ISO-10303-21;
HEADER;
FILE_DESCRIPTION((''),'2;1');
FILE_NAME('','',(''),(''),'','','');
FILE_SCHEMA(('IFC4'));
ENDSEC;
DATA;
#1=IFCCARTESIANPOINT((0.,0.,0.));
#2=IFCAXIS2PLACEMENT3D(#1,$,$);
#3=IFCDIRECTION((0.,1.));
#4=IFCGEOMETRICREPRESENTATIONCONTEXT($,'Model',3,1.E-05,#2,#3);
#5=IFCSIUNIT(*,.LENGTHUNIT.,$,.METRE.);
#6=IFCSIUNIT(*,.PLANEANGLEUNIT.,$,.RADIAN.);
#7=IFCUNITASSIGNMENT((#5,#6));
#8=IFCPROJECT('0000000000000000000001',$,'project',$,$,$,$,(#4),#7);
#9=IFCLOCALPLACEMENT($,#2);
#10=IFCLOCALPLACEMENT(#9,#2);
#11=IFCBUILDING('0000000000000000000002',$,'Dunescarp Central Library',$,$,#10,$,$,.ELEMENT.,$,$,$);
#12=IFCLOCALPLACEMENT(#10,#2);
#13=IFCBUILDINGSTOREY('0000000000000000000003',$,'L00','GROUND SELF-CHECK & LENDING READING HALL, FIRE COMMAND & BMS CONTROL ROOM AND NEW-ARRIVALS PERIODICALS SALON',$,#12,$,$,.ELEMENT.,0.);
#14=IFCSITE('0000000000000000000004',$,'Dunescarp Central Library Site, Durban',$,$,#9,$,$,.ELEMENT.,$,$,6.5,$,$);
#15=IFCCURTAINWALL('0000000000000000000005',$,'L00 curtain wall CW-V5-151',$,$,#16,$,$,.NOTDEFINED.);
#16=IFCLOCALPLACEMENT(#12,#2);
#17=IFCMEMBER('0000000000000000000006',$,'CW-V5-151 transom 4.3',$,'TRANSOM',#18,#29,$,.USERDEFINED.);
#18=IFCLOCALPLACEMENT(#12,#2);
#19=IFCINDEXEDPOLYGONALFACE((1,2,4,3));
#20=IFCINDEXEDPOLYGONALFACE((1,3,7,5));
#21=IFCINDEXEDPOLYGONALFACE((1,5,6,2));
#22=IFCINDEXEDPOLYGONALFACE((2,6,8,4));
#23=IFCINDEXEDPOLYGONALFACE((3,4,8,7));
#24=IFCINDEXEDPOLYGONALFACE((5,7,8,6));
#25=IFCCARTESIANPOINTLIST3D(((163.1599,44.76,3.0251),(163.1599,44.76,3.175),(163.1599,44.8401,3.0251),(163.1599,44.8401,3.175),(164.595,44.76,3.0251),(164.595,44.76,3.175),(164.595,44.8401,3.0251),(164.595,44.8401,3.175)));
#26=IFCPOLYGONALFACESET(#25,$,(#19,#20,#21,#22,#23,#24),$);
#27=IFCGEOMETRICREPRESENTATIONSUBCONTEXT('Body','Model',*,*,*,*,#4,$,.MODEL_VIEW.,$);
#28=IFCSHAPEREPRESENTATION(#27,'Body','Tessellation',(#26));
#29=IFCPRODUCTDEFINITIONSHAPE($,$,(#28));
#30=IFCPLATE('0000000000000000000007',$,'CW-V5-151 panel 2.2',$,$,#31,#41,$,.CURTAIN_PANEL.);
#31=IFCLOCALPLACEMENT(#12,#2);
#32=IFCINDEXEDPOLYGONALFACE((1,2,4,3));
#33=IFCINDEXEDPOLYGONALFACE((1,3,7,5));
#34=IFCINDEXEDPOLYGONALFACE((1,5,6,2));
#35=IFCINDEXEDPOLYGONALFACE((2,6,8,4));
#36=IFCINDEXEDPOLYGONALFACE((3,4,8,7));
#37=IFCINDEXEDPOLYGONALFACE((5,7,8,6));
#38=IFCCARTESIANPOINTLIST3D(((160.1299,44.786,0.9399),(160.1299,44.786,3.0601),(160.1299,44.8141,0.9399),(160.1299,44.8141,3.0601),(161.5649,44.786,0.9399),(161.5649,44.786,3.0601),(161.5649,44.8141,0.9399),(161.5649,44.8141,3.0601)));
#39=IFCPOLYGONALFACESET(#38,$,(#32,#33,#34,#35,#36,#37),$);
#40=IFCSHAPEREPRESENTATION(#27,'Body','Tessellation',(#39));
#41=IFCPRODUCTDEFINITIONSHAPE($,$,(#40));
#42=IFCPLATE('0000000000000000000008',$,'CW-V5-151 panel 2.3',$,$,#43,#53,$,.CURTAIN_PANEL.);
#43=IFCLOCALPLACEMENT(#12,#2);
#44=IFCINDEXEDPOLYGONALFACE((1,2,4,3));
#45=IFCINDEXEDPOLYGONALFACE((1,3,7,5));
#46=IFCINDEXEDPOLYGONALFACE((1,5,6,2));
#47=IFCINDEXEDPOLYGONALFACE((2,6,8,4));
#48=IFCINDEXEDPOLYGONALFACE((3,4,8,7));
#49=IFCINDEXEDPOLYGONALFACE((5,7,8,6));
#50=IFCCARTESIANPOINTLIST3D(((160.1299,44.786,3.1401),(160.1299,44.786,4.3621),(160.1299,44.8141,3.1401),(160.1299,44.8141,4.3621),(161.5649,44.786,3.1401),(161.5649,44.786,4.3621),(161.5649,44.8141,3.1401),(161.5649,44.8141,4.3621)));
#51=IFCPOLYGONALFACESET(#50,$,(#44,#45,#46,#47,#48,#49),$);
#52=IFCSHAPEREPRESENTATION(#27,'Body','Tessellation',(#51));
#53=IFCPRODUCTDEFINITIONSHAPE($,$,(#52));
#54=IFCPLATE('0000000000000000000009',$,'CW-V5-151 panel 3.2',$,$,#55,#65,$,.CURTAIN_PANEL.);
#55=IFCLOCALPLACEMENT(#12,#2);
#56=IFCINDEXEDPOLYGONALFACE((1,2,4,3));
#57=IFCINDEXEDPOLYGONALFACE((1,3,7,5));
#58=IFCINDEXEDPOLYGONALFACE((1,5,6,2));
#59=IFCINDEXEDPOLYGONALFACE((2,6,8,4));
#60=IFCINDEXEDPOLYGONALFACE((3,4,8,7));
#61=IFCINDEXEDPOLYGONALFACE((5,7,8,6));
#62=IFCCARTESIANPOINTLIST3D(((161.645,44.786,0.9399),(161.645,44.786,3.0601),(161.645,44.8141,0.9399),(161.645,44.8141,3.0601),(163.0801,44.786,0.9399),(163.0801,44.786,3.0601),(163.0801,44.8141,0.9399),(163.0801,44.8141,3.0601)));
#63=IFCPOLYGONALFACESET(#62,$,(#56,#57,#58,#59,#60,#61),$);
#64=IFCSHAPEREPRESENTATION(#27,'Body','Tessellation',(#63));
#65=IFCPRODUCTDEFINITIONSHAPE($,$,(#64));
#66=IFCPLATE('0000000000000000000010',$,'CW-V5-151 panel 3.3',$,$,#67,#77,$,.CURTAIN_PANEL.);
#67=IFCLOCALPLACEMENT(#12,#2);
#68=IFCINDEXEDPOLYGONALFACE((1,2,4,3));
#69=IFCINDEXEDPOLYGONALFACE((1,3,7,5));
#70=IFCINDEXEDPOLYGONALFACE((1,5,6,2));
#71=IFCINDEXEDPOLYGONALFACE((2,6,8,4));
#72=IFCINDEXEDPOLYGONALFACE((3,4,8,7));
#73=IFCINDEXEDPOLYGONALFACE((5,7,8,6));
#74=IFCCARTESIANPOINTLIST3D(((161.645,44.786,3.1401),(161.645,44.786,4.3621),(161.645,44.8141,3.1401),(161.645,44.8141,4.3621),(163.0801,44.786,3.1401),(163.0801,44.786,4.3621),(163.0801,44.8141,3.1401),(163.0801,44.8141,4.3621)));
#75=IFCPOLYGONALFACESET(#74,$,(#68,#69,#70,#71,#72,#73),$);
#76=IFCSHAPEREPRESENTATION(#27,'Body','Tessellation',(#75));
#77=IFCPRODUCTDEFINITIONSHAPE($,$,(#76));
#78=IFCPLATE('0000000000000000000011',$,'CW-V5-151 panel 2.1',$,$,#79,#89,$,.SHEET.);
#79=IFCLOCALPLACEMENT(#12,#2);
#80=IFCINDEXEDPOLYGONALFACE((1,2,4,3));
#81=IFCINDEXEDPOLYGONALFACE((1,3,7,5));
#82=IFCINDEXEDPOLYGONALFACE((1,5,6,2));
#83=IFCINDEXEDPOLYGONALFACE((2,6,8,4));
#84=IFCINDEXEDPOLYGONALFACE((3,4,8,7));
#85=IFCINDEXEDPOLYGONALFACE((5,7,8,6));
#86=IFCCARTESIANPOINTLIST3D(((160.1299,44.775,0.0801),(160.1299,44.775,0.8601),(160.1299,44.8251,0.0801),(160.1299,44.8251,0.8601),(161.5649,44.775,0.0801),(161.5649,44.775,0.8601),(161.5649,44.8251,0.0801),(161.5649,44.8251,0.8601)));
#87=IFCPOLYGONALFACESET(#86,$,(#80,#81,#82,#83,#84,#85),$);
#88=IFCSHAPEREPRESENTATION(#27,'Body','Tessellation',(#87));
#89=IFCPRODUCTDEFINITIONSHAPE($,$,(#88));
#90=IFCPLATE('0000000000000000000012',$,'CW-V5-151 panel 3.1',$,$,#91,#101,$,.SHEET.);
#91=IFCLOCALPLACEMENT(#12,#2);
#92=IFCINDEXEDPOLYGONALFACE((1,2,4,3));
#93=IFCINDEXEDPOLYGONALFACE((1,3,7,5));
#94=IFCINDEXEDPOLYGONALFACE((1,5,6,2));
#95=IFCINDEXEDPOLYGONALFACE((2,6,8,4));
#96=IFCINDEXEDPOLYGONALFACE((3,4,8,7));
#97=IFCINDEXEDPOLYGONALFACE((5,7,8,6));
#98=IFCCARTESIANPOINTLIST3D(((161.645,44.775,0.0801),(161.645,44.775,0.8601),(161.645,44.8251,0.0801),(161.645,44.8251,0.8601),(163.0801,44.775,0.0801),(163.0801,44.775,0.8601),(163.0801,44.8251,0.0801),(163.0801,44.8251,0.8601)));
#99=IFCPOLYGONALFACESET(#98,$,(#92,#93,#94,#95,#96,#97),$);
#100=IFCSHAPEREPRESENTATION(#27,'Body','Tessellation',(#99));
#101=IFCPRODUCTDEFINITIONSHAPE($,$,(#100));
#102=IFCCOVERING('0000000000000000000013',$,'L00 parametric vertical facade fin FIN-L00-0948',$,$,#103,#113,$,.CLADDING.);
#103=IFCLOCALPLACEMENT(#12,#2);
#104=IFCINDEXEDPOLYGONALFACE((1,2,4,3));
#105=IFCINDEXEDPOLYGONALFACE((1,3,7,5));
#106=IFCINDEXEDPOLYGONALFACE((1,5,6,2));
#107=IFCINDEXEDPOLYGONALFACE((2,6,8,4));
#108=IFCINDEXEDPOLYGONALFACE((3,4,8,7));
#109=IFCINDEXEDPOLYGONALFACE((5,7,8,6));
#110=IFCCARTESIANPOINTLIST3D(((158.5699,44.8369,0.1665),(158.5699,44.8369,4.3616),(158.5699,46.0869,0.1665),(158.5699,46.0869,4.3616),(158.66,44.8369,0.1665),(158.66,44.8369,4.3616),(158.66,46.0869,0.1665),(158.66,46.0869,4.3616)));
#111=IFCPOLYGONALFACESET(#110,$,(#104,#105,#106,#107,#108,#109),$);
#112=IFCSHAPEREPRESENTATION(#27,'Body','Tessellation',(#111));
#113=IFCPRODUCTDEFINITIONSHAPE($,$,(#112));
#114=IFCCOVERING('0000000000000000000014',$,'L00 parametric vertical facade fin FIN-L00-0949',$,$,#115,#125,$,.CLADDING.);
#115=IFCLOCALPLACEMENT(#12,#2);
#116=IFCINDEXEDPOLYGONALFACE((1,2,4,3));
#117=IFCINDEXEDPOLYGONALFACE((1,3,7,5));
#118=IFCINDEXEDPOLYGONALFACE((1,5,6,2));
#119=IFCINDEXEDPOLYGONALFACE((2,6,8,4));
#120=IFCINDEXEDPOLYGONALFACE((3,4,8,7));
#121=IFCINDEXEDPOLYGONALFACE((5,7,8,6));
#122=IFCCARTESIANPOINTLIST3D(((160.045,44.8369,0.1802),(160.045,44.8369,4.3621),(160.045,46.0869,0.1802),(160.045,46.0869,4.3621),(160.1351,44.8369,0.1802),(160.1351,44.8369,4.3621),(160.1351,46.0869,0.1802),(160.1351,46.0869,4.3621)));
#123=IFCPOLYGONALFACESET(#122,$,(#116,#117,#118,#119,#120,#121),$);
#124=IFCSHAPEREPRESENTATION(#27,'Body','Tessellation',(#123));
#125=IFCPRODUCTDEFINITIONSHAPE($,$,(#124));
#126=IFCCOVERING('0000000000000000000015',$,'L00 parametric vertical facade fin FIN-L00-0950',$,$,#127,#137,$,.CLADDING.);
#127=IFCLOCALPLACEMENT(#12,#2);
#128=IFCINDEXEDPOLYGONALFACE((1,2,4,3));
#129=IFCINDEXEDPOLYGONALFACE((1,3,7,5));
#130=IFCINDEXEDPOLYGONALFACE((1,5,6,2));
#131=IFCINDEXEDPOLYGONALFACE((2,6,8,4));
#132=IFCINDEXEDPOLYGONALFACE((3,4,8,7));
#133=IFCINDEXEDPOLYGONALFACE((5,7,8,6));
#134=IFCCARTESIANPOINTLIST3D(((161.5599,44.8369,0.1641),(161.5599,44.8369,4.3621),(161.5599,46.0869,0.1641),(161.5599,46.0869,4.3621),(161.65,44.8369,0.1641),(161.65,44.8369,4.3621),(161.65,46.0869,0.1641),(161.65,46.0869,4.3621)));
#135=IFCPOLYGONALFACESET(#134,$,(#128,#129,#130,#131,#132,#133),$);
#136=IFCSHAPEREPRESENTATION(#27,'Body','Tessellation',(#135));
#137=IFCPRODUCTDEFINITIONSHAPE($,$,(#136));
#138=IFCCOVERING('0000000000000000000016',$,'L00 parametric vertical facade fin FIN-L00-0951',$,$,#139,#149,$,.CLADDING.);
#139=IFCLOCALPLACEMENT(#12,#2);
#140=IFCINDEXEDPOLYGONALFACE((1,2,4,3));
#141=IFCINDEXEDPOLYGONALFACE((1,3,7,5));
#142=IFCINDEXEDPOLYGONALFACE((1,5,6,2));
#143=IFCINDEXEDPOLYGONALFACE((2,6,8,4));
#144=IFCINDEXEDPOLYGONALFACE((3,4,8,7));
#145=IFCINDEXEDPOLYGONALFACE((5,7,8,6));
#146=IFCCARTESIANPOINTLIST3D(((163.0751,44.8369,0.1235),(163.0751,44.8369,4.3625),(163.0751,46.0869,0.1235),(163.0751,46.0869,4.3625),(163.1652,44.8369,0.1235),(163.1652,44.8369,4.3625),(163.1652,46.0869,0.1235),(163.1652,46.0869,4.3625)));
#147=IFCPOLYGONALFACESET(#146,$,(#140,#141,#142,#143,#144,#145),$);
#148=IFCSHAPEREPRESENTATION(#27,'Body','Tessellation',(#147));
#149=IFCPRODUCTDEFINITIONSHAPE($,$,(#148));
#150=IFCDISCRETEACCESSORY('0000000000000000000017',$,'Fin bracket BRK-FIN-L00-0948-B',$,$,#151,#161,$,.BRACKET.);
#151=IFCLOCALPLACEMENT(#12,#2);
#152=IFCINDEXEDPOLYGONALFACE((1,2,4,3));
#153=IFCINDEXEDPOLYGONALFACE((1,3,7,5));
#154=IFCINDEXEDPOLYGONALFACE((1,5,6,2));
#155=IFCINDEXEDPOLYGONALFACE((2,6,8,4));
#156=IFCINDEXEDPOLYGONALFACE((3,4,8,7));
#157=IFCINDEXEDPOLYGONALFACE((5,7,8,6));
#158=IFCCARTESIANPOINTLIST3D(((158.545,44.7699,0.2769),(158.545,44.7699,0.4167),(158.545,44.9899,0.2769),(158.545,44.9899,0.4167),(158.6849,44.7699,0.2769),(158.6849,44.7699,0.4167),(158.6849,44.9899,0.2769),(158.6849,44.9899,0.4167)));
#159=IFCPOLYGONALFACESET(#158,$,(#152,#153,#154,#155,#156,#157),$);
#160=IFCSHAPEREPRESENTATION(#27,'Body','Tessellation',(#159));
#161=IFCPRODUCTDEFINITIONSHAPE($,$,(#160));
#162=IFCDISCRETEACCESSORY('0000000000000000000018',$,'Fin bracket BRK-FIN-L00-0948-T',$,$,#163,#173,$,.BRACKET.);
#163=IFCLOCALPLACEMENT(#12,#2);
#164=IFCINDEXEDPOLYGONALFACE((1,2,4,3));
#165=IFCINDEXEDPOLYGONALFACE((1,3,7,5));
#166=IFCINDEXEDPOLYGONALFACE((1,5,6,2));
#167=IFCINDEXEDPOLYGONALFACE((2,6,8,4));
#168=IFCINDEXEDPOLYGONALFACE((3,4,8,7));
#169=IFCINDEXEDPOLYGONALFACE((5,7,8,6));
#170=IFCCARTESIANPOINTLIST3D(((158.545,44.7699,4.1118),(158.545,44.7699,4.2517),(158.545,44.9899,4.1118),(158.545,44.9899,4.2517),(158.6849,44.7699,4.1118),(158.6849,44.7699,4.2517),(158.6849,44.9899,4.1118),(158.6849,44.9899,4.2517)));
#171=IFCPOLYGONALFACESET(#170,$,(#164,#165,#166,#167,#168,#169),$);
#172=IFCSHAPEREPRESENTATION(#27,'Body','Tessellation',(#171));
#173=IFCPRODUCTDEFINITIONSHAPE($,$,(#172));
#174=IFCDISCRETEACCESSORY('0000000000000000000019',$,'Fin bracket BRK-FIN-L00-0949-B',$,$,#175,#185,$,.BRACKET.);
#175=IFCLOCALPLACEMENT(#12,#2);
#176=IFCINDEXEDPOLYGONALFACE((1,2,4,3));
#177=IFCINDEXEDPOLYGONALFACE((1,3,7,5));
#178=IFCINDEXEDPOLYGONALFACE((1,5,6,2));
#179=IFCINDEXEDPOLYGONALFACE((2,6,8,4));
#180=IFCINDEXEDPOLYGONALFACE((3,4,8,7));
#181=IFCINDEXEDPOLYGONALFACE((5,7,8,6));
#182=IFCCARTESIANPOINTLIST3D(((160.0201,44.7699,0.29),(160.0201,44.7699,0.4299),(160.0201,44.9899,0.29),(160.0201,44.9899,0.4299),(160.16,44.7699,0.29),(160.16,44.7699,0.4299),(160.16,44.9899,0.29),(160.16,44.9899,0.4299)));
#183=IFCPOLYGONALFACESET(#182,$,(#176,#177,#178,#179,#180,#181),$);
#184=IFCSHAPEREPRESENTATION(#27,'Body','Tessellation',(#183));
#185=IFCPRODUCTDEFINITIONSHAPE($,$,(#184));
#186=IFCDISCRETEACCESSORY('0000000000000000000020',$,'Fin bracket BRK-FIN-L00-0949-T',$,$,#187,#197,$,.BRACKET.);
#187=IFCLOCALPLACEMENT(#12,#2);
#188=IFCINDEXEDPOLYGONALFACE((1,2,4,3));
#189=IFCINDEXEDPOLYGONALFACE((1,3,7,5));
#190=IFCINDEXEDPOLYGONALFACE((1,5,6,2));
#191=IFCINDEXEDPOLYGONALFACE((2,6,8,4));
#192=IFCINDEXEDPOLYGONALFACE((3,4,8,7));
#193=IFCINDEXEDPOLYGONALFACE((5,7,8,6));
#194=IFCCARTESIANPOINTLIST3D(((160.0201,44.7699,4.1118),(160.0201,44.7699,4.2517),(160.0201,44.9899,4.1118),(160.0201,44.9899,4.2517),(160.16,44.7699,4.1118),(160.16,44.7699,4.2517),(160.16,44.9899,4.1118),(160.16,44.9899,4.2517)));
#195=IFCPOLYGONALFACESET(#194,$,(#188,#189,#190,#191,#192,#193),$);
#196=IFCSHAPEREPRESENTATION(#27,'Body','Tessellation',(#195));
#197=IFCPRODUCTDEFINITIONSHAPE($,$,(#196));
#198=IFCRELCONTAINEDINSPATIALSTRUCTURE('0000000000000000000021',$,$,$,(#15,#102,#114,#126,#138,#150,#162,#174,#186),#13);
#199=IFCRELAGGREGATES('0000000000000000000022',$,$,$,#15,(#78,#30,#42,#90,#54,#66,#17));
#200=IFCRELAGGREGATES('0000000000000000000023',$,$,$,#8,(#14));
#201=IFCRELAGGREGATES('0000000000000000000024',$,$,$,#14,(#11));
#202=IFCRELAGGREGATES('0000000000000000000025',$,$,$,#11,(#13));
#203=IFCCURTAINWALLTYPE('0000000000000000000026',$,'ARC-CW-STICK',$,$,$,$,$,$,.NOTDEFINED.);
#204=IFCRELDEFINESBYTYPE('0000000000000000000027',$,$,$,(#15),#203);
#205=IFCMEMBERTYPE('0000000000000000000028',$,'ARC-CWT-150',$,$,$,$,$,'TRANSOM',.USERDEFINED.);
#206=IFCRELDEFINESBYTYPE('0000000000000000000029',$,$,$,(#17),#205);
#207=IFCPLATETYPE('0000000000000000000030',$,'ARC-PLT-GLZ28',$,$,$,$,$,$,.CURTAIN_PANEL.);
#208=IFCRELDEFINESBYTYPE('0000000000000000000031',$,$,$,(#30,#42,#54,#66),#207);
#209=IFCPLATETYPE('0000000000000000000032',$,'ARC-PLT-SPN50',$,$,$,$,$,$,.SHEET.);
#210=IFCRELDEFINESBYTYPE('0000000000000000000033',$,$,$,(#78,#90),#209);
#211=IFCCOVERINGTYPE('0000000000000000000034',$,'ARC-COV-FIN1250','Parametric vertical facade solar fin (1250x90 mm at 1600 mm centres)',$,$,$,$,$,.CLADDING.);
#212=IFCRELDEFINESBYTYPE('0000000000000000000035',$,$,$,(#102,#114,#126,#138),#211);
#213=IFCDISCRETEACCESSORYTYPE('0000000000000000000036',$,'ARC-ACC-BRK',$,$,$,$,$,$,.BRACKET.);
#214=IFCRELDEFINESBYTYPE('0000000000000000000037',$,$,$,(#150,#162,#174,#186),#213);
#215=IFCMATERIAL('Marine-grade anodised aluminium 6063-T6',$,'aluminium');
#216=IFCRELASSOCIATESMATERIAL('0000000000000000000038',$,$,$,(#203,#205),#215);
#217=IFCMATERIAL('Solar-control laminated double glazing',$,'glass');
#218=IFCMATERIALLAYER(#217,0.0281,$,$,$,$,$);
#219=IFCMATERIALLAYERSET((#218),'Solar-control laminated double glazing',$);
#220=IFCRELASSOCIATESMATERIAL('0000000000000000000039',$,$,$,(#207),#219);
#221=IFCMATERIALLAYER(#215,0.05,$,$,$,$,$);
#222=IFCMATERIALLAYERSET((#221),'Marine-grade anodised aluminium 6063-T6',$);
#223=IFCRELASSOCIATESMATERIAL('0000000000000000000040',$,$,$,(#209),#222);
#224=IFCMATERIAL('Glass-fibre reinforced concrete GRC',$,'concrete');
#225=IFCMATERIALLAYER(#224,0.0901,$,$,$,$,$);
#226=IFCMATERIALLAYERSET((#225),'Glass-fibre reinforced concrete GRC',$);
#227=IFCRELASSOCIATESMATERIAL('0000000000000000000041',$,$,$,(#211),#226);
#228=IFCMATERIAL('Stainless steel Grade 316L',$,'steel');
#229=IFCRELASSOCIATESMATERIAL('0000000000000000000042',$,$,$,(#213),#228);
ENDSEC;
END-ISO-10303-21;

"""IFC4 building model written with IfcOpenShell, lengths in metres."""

from ifc_helpers import new_model, si_unit, direction, frame, origin, origin_2d, place, context, subcontext, project, spatial, rectangle, extrude, material, layer, layer_set, material_profile, profile_set, type_object, element, aggregate, save


model = new_model("IFC4")

# Units and contexts
model_context = context("Model", 3, precision=1e-05, world=origin(), true_north=direction((0.0, 1.0)))
body_context = subcontext(model_context, "Body", "Model", "MODEL_VIEW")
ifc_project = project(units=[si_unit("LENGTHUNIT", "METRE"), si_unit("PLANEANGLEUNIT", "RADIAN")], contexts=[model_context])

# Site, building, storey
site_placement = place(None, origin())
site = spatial("IfcSite", under=ifc_project, at=site_placement, Name="Dunescarp Central Library Site, Durban", CompositionType="ELEMENT", RefElevation=6.5)
building_placement = place(site_placement, origin())
building = spatial("IfcBuilding", under=site, at=building_placement, Name="Dunescarp Central Library", CompositionType="ELEMENT")
storey_placement = place(building_placement, origin())
storey = spatial("IfcBuildingStorey", under=building, at=storey_placement, Name="L00", Description="GROUND SELF-CHECK & LENDING READING HALL, FIRE COMMAND & BMS CONTROL ROOM AND NEW-ARRIVALS PERIODICALS SALON", CompositionType="ELEMENT", Elevation=0.0)

# Curtain wall, member, plates
ifc_material_1 = material(Name="Marine-grade anodised aluminium 6063-T6", Category="aluminium")
curtain_wall_type = type_object("IfcCurtainWallType", Name="ARC-CW-STICK", PredefinedType="NOTDEFINED", material=ifc_material_1)
curtain_wall_placement = place(storey_placement, origin())
curtain_wall = element("IfcCurtainWall", 1, at=curtain_wall_placement, inside=storey, type_object=curtain_wall_type, Name="L00 curtain wall CW-V5-151", PredefinedType="NOTDEFINED")
ifc_material_profile_1 = material_profile(ifc_material_1, rectangle(XDim=0.0801, YDim=0.1499, at=origin_2d()), Name="AL 80x150")
ifc_profile_set_1 = profile_set([ifc_material_profile_1], Name="Marine-grade anodised aluminium 6063-T6")
member_type_1 = type_object("IfcMemberType", Name="ARC-CWT-150", ElementType="TRANSOM", PredefinedType="USERDEFINED", material=ifc_profile_set_1)
member_1_placement = place(storey_placement, frame((163.1599, 44.8, 3.1001), z_axis=(1.0, 0.0, 0.0), x_axis=(0.0, 1.0, 0.0)))
member_1 = element("IfcMember", 2, at=member_1_placement, type_object=member_type_1, Name="CW-V5-151 transom 4.3", ObjectType="TRANSOM", PredefinedType="USERDEFINED", context=body_context, shape_type="SweptSolid", body=[
    extrude(rectangle(XDim=0.0801, YDim=0.1499, at=origin_2d()), origin(), (0.0, 0.0, 1.0), 1.4351),
])
ifc_material_2 = material(Name="Solar-control laminated double glazing", Category="glass")
ifc_layer_1 = layer(ifc_material_2, 0.0281)
ifc_layer_set_1 = layer_set([ifc_layer_1], Name="Solar-control laminated double glazing")
plate_type_1 = type_object("IfcPlateType", Name="ARC-PLT-GLZ28", PredefinedType="CURTAIN_PANEL", material=ifc_layer_set_1)
plate_1_placement = place(storey_placement, frame((160.8474, 44.8, 0.9399), z_axis=(0.0, 0.0, 1.0), x_axis=(1.0, 0.0, 0.0)))
plate_1 = element("IfcPlate", 3, at=plate_1_placement, type_object=plate_type_1, Name="CW-V5-151 panel 2.2", PredefinedType="CURTAIN_PANEL", context=body_context, shape_type="SweptSolid", body=[
    extrude(rectangle(XDim=1.4351, YDim=0.0281, at=origin_2d()), origin(), (0.0, 0.0, 1.0), 2.1201),
])
plate_2_placement = place(storey_placement, frame((160.8474, 44.8, 3.1401), z_axis=(0.0, 0.0, 1.0), x_axis=(1.0, 0.0, 0.0)))
plate_2 = element("IfcPlate", 4, at=plate_2_placement, type_object=plate_type_1, Name="CW-V5-151 panel 2.3", PredefinedType="CURTAIN_PANEL", context=body_context, shape_type="SweptSolid", body=[
    extrude(rectangle(XDim=1.4351, YDim=0.0281, at=origin_2d()), origin(), (0.0, 0.0, 1.0), 1.2219),
])
plate_3_placement = place(storey_placement, frame((162.3625, 44.8, 0.9399), z_axis=(0.0, 0.0, 1.0), x_axis=(1.0, 0.0, 0.0)))
plate_3 = element("IfcPlate", 5, at=plate_3_placement, type_object=plate_type_1, Name="CW-V5-151 panel 3.2", PredefinedType="CURTAIN_PANEL", context=body_context, shape_type="SweptSolid", body=[
    extrude(rectangle(XDim=1.4351, YDim=0.0281, at=origin_2d()), origin(), (0.0, 0.0, 1.0), 2.1201),
])
plate_4_placement = place(storey_placement, frame((162.3625, 44.8, 3.1401), z_axis=(0.0, 0.0, 1.0), x_axis=(1.0, 0.0, 0.0)))
plate_4 = element("IfcPlate", 6, at=plate_4_placement, type_object=plate_type_1, Name="CW-V5-151 panel 3.3", PredefinedType="CURTAIN_PANEL", context=body_context, shape_type="SweptSolid", body=[
    extrude(rectangle(XDim=1.4351, YDim=0.0281, at=origin_2d()), origin(), (0.0, 0.0, 1.0), 1.2219),
])
ifc_layer_2 = layer(ifc_material_1, 0.05)
ifc_layer_set_2 = layer_set([ifc_layer_2], Name="Marine-grade anodised aluminium 6063-T6")
plate_type_2 = type_object("IfcPlateType", Name="ARC-PLT-SPN50", PredefinedType="SHEET", material=ifc_layer_set_2)
plate_5_placement = place(storey_placement, frame((160.8474, 44.8, 0.0801), z_axis=(0.0, 0.0, 1.0), x_axis=(1.0, 0.0, 0.0)))
plate_5 = element("IfcPlate", 7, at=plate_5_placement, type_object=plate_type_2, Name="CW-V5-151 panel 2.1", PredefinedType="SHEET", context=body_context, shape_type="SweptSolid", body=[
    extrude(rectangle(XDim=1.4351, YDim=0.05, at=origin_2d()), origin(), (0.0, 0.0, 1.0), 0.78),
])
plate_6_placement = place(storey_placement, frame((162.3625, 44.8, 0.0801), z_axis=(0.0, 0.0, 1.0), x_axis=(1.0, 0.0, 0.0)))
plate_6 = element("IfcPlate", 8, at=plate_6_placement, type_object=plate_type_2, Name="CW-V5-151 panel 3.1", PredefinedType="SHEET", context=body_context, shape_type="SweptSolid", body=[
    extrude(rectangle(XDim=1.4351, YDim=0.05, at=origin_2d()), origin(), (0.0, 0.0, 1.0), 0.78),
])
aggregate(curtain_wall, [plate_5, plate_1, plate_2, plate_6, plate_3, plate_4, member_1])

# Coverings
ifc_material_3 = material(Name="Glass-fibre reinforced concrete GRC", Category="concrete")
ifc_layer_3 = layer(ifc_material_3, 0.0901)
ifc_layer_set_3 = layer_set([ifc_layer_3], Name="Glass-fibre reinforced concrete GRC")
covering_type = type_object("IfcCoveringType", Name="ARC-COV-FIN1250", Description="Parametric vertical facade solar fin (1250x90 mm at 1600 mm centres)", PredefinedType="CLADDING", material=ifc_layer_set_3)
covering_1_placement = place(storey_placement, frame((158.615, 45.4619, 0.1665), z_axis=(0.0, 0.0, 1.0), x_axis=(0.0, 1.0, 0.0)))
element("IfcCovering", 9, at=covering_1_placement, inside=storey, type_object=covering_type, Name="L00 parametric vertical facade fin FIN-L00-0948", PredefinedType="CLADDING", context=body_context, shape_type="SweptSolid", body=[
    extrude(rectangle(XDim=1.25, YDim=0.0901, at=origin_2d()), origin(), (0.0, 0.0, 1.0), 4.1951),
])
covering_2_placement = place(storey_placement, frame((160.0901, 45.4619, 0.1802), z_axis=(0.0, 0.0, 1.0), x_axis=(0.0, 1.0, 0.0)))
element("IfcCovering", 10, at=covering_2_placement, inside=storey, type_object=covering_type, Name="L00 parametric vertical facade fin FIN-L00-0949", PredefinedType="CLADDING", context=body_context, shape_type="SweptSolid", body=[
    extrude(rectangle(XDim=1.25, YDim=0.0901, at=origin_2d()), origin(), (0.0, 0.0, 1.0), 4.1819),
])
covering_3_placement = place(storey_placement, frame((161.605, 45.4619, 0.1641), z_axis=(0.0, 0.0, 1.0), x_axis=(0.0, 1.0, 0.0)))
element("IfcCovering", 11, at=covering_3_placement, inside=storey, type_object=covering_type, Name="L00 parametric vertical facade fin FIN-L00-0950", PredefinedType="CLADDING", context=body_context, shape_type="SweptSolid", body=[
    extrude(rectangle(XDim=1.25, YDim=0.0901, at=origin_2d()), origin(), (0.0, 0.0, 1.0), 4.198),
])
covering_4_placement = place(storey_placement, frame((163.1201, 45.4619, 0.1235), z_axis=(0.0, 0.0, 1.0), x_axis=(0.0, 1.0, 0.0)))
element("IfcCovering", 12, at=covering_4_placement, inside=storey, type_object=covering_type, Name="L00 parametric vertical facade fin FIN-L00-0951", PredefinedType="CLADDING", context=body_context, shape_type="SweptSolid", body=[
    extrude(rectangle(XDim=1.25, YDim=0.0901, at=origin_2d()), origin(), (0.0, 0.0, 1.0), 4.239),
])

# Discrete accessories
ifc_material_4 = material(Name="Stainless steel Grade 316L", Category="steel")
discrete_accessory_type = type_object("IfcDiscreteAccessoryType", Name="ARC-ACC-BRK", PredefinedType="BRACKET", material=ifc_material_4)
for number, where, z_axis, x_axis, name in (
    (13, (158.615, 44.8799, 0.2769), (0.0, 0.0, 1.0), (0.0, 1.0, 0.0), "Fin bracket BRK-FIN-L00-0948-B"),
    (14, (158.615, 44.8799, 4.1118), (0.0, 0.0, 1.0), (0.0, 1.0, 0.0), "Fin bracket BRK-FIN-L00-0948-T"),
    (15, (160.0901, 44.8799, 0.29), (0.0, 0.0, 1.0), (0.0, 1.0, 0.0), "Fin bracket BRK-FIN-L00-0949-B"),
    (16, (160.0901, 44.8799, 4.1118), (0.0, 0.0, 1.0), (0.0, 1.0, 0.0), "Fin bracket BRK-FIN-L00-0949-T"),
):
    element("IfcDiscreteAccessory", number, at=place(storey_placement, frame(where, z_axis=z_axis, x_axis=x_axis)), inside=storey, type_object=discrete_accessory_type, Name=name, PredefinedType="BRACKET", context=body_context, shape_type="SweptSolid", body=[
        extrude(rectangle(XDim=0.22, YDim=0.1399, at=origin_2d()), origin(), (0.0, 0.0, 1.0), 0.1399),
    ])

save(model, "model.ifc")
